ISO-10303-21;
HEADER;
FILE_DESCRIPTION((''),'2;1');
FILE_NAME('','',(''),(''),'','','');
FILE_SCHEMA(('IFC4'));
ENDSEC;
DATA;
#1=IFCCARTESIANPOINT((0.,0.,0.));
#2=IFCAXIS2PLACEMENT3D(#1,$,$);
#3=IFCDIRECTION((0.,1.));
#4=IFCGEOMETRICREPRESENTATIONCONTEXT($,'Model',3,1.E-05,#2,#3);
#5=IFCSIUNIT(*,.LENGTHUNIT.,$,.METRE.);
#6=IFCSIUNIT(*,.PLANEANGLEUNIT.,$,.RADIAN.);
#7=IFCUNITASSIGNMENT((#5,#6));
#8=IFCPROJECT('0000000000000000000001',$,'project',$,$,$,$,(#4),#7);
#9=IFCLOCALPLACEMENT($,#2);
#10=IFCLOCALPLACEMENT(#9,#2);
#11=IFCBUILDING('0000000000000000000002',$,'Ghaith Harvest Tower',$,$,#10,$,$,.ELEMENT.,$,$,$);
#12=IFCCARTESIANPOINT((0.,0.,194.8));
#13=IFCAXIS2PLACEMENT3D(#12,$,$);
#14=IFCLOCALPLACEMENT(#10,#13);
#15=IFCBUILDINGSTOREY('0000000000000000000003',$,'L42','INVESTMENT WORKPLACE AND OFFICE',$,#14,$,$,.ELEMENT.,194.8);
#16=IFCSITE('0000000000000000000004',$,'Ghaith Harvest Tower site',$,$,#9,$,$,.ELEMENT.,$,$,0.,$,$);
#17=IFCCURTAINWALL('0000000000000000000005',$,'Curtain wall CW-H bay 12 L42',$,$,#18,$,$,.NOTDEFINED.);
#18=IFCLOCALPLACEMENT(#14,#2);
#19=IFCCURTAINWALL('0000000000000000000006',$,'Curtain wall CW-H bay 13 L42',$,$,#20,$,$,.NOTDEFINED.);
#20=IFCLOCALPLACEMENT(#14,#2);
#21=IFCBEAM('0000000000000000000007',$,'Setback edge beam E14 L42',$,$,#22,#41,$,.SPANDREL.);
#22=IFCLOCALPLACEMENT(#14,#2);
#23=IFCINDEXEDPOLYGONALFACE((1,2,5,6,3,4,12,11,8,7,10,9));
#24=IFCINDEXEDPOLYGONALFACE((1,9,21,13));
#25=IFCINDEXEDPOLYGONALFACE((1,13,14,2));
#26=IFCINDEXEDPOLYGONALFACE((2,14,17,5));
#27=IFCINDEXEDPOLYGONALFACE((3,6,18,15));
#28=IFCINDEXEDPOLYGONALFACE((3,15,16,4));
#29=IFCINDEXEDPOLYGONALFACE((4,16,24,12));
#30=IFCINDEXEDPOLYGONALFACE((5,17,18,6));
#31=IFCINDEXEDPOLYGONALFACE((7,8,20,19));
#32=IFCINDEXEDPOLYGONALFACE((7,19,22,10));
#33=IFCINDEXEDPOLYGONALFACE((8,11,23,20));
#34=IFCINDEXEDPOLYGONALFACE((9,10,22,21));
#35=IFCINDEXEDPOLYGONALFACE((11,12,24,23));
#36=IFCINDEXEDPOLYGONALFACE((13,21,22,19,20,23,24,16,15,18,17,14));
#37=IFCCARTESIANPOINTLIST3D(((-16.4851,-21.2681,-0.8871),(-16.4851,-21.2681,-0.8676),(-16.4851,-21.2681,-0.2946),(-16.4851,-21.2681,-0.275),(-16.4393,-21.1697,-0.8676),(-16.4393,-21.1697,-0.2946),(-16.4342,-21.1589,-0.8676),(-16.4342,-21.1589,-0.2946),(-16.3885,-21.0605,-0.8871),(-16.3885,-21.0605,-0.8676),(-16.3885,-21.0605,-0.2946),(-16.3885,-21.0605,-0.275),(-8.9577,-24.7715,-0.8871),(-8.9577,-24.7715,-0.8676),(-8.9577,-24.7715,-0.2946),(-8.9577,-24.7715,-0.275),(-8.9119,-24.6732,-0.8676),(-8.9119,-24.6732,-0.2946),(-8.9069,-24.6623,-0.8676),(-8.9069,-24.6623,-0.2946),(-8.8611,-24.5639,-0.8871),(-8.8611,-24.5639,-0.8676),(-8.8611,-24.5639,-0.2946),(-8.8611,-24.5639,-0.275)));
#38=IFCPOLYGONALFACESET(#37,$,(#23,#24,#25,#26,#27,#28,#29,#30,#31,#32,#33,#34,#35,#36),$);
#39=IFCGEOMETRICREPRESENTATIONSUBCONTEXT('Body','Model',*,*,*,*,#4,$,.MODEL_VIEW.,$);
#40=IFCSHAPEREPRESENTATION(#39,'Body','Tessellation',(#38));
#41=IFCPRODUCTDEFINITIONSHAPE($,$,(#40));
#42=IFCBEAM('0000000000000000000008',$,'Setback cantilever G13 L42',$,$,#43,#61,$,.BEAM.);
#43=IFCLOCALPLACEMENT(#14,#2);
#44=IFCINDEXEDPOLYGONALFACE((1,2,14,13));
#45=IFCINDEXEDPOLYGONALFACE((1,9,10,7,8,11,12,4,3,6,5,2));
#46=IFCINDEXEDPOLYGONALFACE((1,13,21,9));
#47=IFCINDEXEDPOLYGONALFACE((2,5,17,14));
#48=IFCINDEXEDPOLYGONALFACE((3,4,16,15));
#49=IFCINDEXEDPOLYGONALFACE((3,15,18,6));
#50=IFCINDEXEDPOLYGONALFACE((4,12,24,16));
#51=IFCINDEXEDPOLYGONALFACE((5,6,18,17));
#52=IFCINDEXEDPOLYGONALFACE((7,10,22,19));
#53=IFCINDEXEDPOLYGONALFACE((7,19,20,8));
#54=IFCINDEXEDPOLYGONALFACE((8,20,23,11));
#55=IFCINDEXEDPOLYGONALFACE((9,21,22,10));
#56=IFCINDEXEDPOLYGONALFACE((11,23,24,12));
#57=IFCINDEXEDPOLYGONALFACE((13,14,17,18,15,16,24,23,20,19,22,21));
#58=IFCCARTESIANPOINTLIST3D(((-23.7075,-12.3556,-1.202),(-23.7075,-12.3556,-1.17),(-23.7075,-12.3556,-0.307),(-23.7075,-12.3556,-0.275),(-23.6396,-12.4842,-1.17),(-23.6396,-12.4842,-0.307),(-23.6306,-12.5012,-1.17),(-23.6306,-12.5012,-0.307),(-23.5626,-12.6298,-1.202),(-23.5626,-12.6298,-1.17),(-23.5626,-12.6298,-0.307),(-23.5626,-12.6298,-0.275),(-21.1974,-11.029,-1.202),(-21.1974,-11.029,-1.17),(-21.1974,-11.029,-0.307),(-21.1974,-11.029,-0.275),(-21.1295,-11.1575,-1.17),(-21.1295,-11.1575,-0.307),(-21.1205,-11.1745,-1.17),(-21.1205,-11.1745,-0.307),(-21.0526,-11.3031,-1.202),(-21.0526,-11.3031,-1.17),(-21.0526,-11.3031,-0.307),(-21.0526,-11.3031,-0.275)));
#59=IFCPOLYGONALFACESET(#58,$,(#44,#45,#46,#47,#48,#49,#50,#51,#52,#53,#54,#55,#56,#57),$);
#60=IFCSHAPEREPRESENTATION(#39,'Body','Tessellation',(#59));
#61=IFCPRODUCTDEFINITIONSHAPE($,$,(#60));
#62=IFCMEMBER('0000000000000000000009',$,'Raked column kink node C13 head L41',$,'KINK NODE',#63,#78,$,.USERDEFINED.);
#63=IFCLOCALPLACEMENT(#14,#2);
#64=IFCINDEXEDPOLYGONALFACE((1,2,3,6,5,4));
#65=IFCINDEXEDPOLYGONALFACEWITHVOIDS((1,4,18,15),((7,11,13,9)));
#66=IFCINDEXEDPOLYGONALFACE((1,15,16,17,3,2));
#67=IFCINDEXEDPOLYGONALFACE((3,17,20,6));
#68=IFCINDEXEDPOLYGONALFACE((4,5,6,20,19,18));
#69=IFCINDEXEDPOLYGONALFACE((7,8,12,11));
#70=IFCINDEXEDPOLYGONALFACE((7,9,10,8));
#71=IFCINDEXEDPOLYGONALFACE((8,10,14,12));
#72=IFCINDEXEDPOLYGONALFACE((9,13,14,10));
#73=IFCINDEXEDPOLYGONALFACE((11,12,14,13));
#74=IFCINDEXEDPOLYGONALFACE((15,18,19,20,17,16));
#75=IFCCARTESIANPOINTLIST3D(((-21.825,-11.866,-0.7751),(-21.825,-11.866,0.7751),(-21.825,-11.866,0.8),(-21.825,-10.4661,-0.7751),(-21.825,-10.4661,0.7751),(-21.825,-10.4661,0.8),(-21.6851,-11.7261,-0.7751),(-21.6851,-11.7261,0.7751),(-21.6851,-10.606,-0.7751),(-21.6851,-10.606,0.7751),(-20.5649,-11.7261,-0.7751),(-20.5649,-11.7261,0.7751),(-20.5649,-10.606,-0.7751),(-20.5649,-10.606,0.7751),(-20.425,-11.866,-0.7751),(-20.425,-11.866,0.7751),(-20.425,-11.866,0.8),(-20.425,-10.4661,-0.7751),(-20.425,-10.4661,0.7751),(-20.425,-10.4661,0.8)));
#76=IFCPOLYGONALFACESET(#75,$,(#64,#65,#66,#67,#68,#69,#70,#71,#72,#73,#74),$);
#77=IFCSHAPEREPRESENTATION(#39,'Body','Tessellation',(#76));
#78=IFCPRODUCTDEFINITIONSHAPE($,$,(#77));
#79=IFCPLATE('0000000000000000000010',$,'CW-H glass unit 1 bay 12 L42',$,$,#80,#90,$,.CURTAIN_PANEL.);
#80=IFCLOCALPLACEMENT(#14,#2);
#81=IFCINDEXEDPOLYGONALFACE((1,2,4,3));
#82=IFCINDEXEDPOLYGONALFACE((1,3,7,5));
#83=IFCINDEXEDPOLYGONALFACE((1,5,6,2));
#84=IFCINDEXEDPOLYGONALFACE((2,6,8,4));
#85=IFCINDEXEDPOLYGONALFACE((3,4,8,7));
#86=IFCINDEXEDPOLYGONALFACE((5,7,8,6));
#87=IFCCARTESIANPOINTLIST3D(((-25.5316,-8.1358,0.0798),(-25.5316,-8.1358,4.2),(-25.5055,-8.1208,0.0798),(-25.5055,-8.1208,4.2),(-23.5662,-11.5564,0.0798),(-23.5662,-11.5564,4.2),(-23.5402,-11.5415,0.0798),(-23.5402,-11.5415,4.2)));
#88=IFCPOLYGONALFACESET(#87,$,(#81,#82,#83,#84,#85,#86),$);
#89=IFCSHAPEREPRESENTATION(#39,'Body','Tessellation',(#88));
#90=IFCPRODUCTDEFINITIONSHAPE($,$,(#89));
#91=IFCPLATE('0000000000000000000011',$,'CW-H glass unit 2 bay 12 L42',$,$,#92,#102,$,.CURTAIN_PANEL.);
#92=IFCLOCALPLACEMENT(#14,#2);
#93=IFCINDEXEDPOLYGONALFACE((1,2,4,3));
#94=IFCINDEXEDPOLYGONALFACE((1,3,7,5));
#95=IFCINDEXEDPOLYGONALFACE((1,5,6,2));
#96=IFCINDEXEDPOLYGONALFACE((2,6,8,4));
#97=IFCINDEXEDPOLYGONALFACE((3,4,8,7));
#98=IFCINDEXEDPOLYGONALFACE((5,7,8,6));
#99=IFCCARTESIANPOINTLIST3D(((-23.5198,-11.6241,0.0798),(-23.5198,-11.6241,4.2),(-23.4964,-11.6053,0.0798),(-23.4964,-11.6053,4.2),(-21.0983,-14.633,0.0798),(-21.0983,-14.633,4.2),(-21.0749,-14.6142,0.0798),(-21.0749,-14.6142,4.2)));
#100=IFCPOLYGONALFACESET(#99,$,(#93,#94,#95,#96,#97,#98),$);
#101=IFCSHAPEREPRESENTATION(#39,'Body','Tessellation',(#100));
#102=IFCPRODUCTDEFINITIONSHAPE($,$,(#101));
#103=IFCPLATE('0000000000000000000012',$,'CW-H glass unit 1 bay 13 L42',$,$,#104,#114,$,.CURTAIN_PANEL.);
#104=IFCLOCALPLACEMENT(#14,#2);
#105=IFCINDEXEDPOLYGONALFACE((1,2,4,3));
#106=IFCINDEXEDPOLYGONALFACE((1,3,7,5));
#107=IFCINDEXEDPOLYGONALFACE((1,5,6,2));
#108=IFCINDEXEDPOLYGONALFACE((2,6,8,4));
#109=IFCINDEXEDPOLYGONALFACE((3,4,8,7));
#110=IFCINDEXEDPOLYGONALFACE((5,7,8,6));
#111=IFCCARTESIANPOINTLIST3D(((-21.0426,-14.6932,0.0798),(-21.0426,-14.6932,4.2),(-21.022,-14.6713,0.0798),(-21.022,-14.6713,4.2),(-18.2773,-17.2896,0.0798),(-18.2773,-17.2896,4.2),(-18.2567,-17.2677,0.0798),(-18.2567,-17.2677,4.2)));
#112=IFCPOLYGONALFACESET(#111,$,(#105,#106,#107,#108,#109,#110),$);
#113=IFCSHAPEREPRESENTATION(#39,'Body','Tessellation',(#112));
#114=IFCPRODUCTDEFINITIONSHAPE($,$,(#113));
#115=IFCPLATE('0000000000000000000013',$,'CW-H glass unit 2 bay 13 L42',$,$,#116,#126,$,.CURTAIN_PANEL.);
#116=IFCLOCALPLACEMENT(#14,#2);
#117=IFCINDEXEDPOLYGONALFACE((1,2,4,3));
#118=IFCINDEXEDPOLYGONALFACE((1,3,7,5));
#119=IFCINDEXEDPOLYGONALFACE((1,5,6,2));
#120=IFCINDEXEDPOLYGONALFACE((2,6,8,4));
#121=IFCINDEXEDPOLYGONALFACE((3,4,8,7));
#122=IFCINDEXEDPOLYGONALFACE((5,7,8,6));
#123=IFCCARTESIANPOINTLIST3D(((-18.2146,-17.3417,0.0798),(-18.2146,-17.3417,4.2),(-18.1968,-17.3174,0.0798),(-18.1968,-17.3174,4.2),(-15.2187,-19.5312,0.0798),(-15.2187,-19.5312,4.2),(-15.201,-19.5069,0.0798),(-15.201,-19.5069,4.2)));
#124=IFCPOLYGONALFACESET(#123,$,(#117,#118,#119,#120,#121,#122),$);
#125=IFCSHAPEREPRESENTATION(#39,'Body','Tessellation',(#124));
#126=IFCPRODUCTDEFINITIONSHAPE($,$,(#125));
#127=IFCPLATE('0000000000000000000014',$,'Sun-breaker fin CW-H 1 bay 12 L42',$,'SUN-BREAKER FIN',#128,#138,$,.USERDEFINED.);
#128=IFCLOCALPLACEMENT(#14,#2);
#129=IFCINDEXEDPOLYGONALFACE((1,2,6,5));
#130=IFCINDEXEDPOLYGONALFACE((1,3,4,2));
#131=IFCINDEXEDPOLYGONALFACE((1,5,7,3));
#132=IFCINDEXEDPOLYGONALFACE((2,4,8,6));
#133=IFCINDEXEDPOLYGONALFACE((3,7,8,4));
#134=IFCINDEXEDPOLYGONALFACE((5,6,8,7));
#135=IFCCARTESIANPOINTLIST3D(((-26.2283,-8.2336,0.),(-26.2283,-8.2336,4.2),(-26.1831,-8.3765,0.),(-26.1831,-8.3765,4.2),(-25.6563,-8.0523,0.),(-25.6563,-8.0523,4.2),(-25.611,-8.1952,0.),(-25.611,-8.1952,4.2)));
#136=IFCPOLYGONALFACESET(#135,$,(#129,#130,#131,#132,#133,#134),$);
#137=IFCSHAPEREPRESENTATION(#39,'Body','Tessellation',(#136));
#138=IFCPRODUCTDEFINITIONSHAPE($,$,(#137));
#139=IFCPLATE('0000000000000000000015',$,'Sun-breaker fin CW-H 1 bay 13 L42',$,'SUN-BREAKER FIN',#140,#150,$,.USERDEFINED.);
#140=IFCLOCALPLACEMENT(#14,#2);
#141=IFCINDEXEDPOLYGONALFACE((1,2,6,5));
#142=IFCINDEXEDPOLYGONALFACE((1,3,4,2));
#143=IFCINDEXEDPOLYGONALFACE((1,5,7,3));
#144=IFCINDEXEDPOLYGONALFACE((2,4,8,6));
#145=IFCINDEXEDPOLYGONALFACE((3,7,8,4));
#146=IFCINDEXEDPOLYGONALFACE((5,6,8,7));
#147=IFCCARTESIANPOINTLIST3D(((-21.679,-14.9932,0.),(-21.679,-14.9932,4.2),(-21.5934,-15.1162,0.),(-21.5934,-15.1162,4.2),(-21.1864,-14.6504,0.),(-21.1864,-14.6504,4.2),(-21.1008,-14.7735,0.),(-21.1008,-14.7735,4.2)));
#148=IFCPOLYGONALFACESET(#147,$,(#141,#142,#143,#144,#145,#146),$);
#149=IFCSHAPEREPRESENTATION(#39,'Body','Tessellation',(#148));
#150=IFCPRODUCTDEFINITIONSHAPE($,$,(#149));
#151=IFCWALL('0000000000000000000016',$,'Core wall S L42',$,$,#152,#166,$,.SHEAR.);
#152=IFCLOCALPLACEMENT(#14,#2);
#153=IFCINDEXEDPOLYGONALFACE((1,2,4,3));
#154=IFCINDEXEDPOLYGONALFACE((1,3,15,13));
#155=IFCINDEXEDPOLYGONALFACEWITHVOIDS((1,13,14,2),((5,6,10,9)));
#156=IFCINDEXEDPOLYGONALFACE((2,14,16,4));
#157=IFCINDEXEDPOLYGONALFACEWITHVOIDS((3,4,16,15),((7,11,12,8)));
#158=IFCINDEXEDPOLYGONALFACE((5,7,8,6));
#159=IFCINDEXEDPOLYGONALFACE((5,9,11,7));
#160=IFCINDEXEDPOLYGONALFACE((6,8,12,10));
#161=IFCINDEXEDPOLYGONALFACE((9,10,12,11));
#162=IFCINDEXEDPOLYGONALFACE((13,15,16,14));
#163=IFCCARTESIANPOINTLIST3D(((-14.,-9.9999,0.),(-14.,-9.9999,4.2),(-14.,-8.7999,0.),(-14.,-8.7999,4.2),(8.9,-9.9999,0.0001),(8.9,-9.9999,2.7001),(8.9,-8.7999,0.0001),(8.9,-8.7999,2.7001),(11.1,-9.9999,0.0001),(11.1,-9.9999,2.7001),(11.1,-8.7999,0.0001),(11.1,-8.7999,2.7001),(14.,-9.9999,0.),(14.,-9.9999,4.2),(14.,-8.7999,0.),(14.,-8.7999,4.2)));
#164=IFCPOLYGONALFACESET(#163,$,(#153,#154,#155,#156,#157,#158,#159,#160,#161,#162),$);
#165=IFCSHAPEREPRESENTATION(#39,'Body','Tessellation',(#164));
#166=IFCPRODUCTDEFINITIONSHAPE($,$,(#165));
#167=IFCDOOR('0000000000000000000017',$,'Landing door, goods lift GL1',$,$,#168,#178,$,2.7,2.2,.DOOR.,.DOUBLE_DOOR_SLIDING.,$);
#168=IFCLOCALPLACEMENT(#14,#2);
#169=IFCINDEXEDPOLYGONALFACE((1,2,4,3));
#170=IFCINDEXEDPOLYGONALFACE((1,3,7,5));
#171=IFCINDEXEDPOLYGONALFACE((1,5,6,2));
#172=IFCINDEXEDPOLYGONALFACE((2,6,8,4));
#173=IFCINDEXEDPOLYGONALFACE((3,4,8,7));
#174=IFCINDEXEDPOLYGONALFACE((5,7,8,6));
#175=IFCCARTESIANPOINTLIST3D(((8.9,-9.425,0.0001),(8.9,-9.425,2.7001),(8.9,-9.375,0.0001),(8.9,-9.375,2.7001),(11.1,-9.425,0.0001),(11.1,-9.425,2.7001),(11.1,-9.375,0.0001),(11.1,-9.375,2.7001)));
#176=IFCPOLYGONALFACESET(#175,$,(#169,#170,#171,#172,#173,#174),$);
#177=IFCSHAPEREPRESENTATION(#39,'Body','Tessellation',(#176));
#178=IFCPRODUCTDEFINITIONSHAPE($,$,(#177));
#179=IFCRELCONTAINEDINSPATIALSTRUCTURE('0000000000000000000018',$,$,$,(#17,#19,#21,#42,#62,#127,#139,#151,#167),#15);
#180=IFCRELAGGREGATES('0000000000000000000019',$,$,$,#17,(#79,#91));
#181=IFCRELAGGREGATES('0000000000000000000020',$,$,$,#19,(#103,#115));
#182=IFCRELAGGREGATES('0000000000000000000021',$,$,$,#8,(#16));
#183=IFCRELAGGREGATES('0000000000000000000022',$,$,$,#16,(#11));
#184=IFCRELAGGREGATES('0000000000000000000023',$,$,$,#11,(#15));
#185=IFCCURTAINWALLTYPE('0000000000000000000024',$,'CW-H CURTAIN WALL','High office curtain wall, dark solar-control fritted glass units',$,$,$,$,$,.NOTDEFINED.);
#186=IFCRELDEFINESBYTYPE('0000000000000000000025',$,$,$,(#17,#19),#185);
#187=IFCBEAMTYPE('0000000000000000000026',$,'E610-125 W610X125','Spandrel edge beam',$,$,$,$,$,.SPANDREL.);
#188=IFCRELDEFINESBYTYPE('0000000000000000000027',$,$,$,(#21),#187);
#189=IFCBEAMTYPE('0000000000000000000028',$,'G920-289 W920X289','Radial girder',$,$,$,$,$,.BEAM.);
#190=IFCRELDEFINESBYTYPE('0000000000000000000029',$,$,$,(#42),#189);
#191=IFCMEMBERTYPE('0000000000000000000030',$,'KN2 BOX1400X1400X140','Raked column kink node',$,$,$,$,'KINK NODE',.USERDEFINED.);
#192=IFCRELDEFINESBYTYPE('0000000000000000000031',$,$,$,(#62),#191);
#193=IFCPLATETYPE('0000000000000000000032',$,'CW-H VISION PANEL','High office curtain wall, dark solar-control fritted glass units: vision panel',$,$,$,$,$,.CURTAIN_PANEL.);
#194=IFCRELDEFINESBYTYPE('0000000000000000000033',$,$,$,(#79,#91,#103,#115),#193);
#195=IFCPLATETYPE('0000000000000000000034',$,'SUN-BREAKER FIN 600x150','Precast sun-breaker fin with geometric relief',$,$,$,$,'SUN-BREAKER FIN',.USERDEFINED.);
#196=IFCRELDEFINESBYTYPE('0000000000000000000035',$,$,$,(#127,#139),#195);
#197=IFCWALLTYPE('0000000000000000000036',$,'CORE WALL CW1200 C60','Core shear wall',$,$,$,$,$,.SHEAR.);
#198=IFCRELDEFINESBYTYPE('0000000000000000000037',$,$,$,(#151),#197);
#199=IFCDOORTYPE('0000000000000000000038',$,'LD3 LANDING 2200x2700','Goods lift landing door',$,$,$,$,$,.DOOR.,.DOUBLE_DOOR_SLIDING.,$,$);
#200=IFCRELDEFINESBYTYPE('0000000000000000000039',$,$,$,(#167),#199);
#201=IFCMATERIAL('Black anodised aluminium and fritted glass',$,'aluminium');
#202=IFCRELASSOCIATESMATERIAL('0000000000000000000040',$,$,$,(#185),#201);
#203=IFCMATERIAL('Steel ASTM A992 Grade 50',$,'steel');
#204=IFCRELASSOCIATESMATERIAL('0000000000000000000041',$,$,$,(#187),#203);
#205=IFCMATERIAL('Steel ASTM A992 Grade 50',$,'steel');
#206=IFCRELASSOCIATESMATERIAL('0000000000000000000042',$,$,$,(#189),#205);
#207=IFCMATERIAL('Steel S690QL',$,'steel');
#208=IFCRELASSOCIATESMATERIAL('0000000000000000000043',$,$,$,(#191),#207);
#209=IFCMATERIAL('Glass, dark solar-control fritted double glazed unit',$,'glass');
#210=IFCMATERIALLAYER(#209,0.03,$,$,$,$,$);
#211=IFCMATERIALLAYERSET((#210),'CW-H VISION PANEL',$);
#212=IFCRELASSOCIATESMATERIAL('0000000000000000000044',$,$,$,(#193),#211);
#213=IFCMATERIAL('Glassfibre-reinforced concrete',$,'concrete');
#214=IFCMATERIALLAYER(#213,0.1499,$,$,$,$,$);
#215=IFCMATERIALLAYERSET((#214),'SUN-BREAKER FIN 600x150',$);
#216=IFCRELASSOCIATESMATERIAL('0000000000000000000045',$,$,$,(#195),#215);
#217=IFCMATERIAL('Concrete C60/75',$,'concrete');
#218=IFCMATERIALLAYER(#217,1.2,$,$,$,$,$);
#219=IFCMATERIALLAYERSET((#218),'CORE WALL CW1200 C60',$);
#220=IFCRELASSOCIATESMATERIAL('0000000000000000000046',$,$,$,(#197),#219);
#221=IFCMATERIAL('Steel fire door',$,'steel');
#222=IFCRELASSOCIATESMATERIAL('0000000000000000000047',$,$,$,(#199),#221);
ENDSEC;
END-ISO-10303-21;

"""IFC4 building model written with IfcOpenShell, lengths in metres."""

from ifc_helpers import new_model, si_unit, direction, frame, frame_2d, origin, origin_2d, place, context, subcontext, project, spatial, rectangle, hollow_rectangle, i_section, extrude, boolean, material, layer, layer_set, material_profile, profile_set, type_object, element, fill, aggregate, save


model = new_model("IFC4")

# Units and contexts
model_context = context("Model", 3, precision=1e-05, world=origin(), true_north=direction((0.0, 1.0)))
body_context = subcontext(model_context, "Body", "Model", "MODEL_VIEW")
ifc_project = project(units=[si_unit("LENGTHUNIT", "METRE"), si_unit("PLANEANGLEUNIT", "RADIAN")], contexts=[model_context])

# Site, building, storey
site_placement = place(None, origin())
site = spatial("IfcSite", under=ifc_project, at=site_placement, Name="Ghaith Harvest Tower site", CompositionType="ELEMENT", RefElevation=0.0)
building_placement = place(site_placement, origin())
building = spatial("IfcBuilding", under=site, at=building_placement, Name="Ghaith Harvest Tower", CompositionType="ELEMENT")
storey_placement = place(building_placement, frame((0.0, 0.0, 194.8)))
storey = spatial("IfcBuildingStorey", under=building, at=storey_placement, Name="L42", Description="INVESTMENT WORKPLACE AND OFFICE", CompositionType="ELEMENT", Elevation=194.8)

# Curtain walls
ifc_material_1 = material(Name="Black anodised aluminium and fritted glass", Category="aluminium")
curtain_wall_type = type_object("IfcCurtainWallType", Name="CW-H CURTAIN WALL", Description="High office curtain wall, dark solar-control fritted glass units", PredefinedType="NOTDEFINED", material=ifc_material_1)
curtain_wall_1_placement = place(storey_placement, origin())
curtain_wall_1 = element("IfcCurtainWall", 1, at=curtain_wall_1_placement, inside=storey, type_object=curtain_wall_type, Name="Curtain wall CW-H bay 12 L42", PredefinedType="NOTDEFINED")
curtain_wall_2_placement = place(storey_placement, origin())
curtain_wall_2 = element("IfcCurtainWall", 2, at=curtain_wall_2_placement, inside=storey, type_object=curtain_wall_type, Name="Curtain wall CW-H bay 13 L42", PredefinedType="NOTDEFINED")

# Beams
ifc_material_2 = material(Name="Steel ASTM A992 Grade 50", Category="steel")
ifc_material_profile_1 = material_profile(ifc_material_2, i_section(OverallWidth=0.229, OverallDepth=0.6121, WebThickness=0.012, FlangeThickness=0.0195, at=origin_2d()), Name="W610X125")
ifc_profile_set_1 = profile_set([ifc_material_profile_1], Name="Steel ASTM A992 Grade 50")
beam_type_1 = type_object("IfcBeamType", Name="E610-125 W610X125", Description="Spandrel edge beam", PredefinedType="SPANDREL", material=ifc_profile_set_1)
beam_1_placement = place(storey_placement, frame((-16.4368, -21.1643, -0.5811), z_axis=(0.906614, -0.421961, 0.0), x_axis=(0.421961, 0.906614, 0.0)))
element("IfcBeam", 3, at=beam_1_placement, inside=storey, type_object=beam_type_1, Name="Setback edge beam E14 L42", PredefinedType="SPANDREL", context=body_context, shape_type="SweptSolid", body=[
    extrude(i_section(OverallWidth=0.229, OverallDepth=0.6121, WebThickness=0.012, FlangeThickness=0.0195, at=origin_2d()), origin(), (0.0, 0.0, 1.0), 8.3027),
])
ifc_material_3 = material(Name="Steel ASTM A992 Grade 50", Category="steel")
ifc_material_profile_2 = material_profile(ifc_material_3, i_section(OverallWidth=0.3101, OverallDepth=0.927, WebThickness=0.0193, FlangeThickness=0.032, at=origin_2d()), Name="W920X289")
ifc_profile_set_2 = profile_set([ifc_material_profile_2], Name="Steel ASTM A992 Grade 50")
beam_type_2 = type_object("IfcBeamType", Name="G920-289 W920X289", Description="Radial girder", PredefinedType="BEAM", material=ifc_profile_set_2)
beam_2_placement = place(storey_placement, frame((-21.125, -11.166, -0.7385), z_axis=(-0.884104, -0.467291, 0.0), x_axis=(0.467291, -0.884104, 0.0)))
element("IfcBeam", 4, at=beam_2_placement, inside=storey, type_object=beam_type_2, Name="Setback cantilever G13 L42", PredefinedType="BEAM", context=body_context, shape_type="SweptSolid", body=[
    extrude(i_section(OverallWidth=0.3101, OverallDepth=0.927, WebThickness=0.0193, FlangeThickness=0.032, at=origin_2d()), origin(), (0.0, 0.0, 1.0), 2.8391),
])

# Member
ifc_material_4 = material(Name="Steel S690QL", Category="steel")
ifc_material_profile_3 = material_profile(ifc_material_4, hollow_rectangle(XDim=1.3999, YDim=1.3999, WallThickness=0.1399, at=origin_2d()), Name="BOX1400X1400X140")
ifc_profile_set_3 = profile_set([ifc_material_profile_3], Name="Steel S690QL")
member_type_1 = type_object("IfcMemberType", Name="KN2 BOX1400X1400X140", Description="Raked column kink node", ElementType="KINK NODE", PredefinedType="USERDEFINED", material=ifc_profile_set_3)
member_1_placement = place(storey_placement, frame((-21.125, -11.166, -0.7751), z_axis=(0.0, 0.0, 1.0), x_axis=(1.0, 0.0, 0.0)))
element("IfcMember", 5, at=member_1_placement, inside=storey, type_object=member_type_1, Name="Raked column kink node C13 head L41", ObjectType="KINK NODE", PredefinedType="USERDEFINED", context=body_context, shape_type="CSG", body=[
    boolean("UNION", extrude(hollow_rectangle(XDim=1.3999, YDim=1.3999, WallThickness=0.1399, at=origin_2d()), origin(), (0.0, 0.0, 1.0), 1.5503), extrude(rectangle(XDim=1.3999, YDim=1.3999, at=origin_2d()), frame((0.0, 0.0, 1.5503)), (0.0, 0.0, 1.0), 0.0249)),
])

# Plates
ifc_material_5 = material(Name="Glass, dark solar-control fritted double glazed unit", Category="glass")
ifc_layer_1 = layer(ifc_material_5, 0.03)
ifc_layer_set_1 = layer_set([ifc_layer_1], Name="CW-H VISION PANEL")
plate_type_1 = type_object("IfcPlateType", Name="CW-H VISION PANEL", Description="High office curtain wall, dark solar-control fritted glass units: vision panel", PredefinedType="CURTAIN_PANEL", material=ifc_layer_set_1)
plate_1_placement = place(storey_placement, frame((-24.5359, -9.8386, 0.0798), z_axis=(0.0, 0.0, 1.0), x_axis=(0.49818, -0.867074, 0.0)))
plate_1 = element("IfcPlate", 6, at=plate_1_placement, type_object=plate_type_1, Name="CW-H glass unit 1 bay 12 L42", PredefinedType="CURTAIN_PANEL", context=body_context, shape_type="SweptSolid", body=[
    extrude(rectangle(XDim=3.9451, YDim=0.03, at=origin_2d()), origin(), (0.0, 0.0, 1.0), 4.1201),
])
plate_2_placement = place(storey_placement, frame((-22.2974, -13.1191, 0.0798), z_axis=(0.0, 0.0, 1.0), x_axis=(0.626957, -0.779054, 0.0)))
plate_2 = element("IfcPlate", 7, at=plate_2_placement, type_object=plate_type_1, Name="CW-H glass unit 2 bay 12 L42", PredefinedType="CURTAIN_PANEL", context=body_context, shape_type="SweptSolid", body=[
    extrude(rectangle(XDim=3.8623, YDim=0.03, at=origin_2d()), origin(), (0.0, 0.0, 1.0), 4.1201),
])
aggregate(curtain_wall_1, [plate_1, plate_2])
plate_3_placement = place(storey_placement, frame((-19.6497, -15.9805, 0.0798), z_axis=(0.0, 0.0, 1.0), x_axis=(0.729017, -0.684496, 0.0)))
plate_3 = element("IfcPlate", 8, at=plate_3_placement, type_object=plate_type_1, Name="CW-H glass unit 1 bay 13 L42", PredefinedType="CURTAIN_PANEL", context=body_context, shape_type="SweptSolid", body=[
    extrude(rectangle(XDim=3.7932, YDim=0.03, at=origin_2d()), origin(), (0.0, 0.0, 1.0), 4.1201),
])
plate_4_placement = place(storey_placement, frame((-16.7078, -18.4243, 0.0798), z_axis=(0.0, 0.0, 1.0), x_axis=(0.807364, -0.590054, 0.0)))
plate_4 = element("IfcPlate", 9, at=plate_4_placement, type_object=plate_type_1, Name="CW-H glass unit 2 bay 13 L42", PredefinedType="CURTAIN_PANEL", context=body_context, shape_type="SweptSolid", body=[
    extrude(rectangle(XDim=3.7107, YDim=0.03, at=origin_2d()), origin(), (0.0, 0.0, 1.0), 4.1201),
])
aggregate(curtain_wall_2, [plate_3, plate_4])

# Plates
ifc_material_6 = material(Name="Glassfibre-reinforced concrete", Category="concrete")
ifc_layer_2 = layer(ifc_material_6, 0.1499)
ifc_layer_set_2 = layer_set([ifc_layer_2], Name="SUN-BREAKER FIN 600x150")
plate_type_2 = type_object("IfcPlateType", Name="SUN-BREAKER FIN 600x150", Description="Precast sun-breaker fin with geometric relief", ElementType="SUN-BREAKER FIN", PredefinedType="USERDEFINED", material=ifc_layer_set_2)
for number, where, z_axis, x_axis, name in (
    (10, (-25.9197, -8.2144, 0.0), (0.0, 0.0, 1.0), (-0.953273, -0.30211, 0.0), "Sun-breaker fin CW-H 1 bay 12 L42"),
    (11, (-21.3899, -14.8833, 0.0), (0.0, 0.0, 1.0), (-0.820845, -0.57115, 0.0), "Sun-breaker fin CW-H 1 bay 13 L42"),
):
    element("IfcPlate", number, at=place(storey_placement, frame(where, z_axis=z_axis, x_axis=x_axis)), inside=storey, type_object=plate_type_2, Name=name, ObjectType="SUN-BREAKER FIN", PredefinedType="USERDEFINED", context=body_context, shape_type="SweptSolid", body=[
        extrude(rectangle(XDim=0.6001, YDim=0.1499, at=origin_2d()), origin(), (0.0, 0.0, 1.0), 4.2),
    ])

# Wall, opening, door
ifc_material_7 = material(Name="Concrete C60/75", Category="concrete")
ifc_layer_3 = layer(ifc_material_7, 1.2)
ifc_layer_set_3 = layer_set([ifc_layer_3], Name="CORE WALL CW1200 C60")
wall_type_1 = type_object("IfcWallType", Name="CORE WALL CW1200 C60", Description="Core shear wall", PredefinedType="SHEAR", material=ifc_layer_set_3)
wall_1_placement = place(storey_placement, frame((-14.0, -9.3999, 0.0), z_axis=(0.0, 0.0, 1.0), x_axis=(1.0, 0.0, 0.0)))
wall_1 = element("IfcWall", 12, at=wall_1_placement, inside=storey, type_object=wall_type_1, Name="Core wall S L42", PredefinedType="SHEAR", context=body_context, shape_type="SweptSolid", body=[
    extrude(rectangle(XDim=28.0, YDim=1.2, at=frame_2d((14.0, 0.0))), origin(), (0.0, 0.0, 1.0), 4.2),
])
opening_placement = place(wall_1_placement, frame((22.8999, 0.0, 0.0)))
opening = element("IfcOpeningElement", 13, at=opening_placement, cuts=wall_1, PredefinedType="OPENING", context=body_context, shape_type="SweptSolid", body=[
    extrude(rectangle(XDim=2.2, YDim=2.7, at=frame_2d((1.1001, 1.3501))), frame((0.0, 0.6099, 0.0), z_axis=(0.0, -1.0, 0.0), x_axis=(1.0, 0.0, 0.0)), (0.0, 0.0, 1.0), 1.22),
])
ifc_material_8 = material(Name="Steel fire door", Category="steel")
door_type = type_object("IfcDoorType", Name="LD3 LANDING 2200x2700", Description="Goods lift landing door", OperationType="DOUBLE_DOOR_SLIDING", PredefinedType="DOOR", material=ifc_material_8)
door_placement = place(opening_placement, origin())
door = element("IfcDoor", 14, at=door_placement, inside=storey, type_object=door_type, Name="Landing door, goods lift GL1", OperationType="DOUBLE_DOOR_SLIDING", OverallHeight=2.7, OverallWidth=2.2, PredefinedType="DOOR", context=body_context, shape_type="SweptSolid", body=[
    extrude(rectangle(XDim=2.2, YDim=2.7, at=frame_2d((1.1001, 1.3501))), frame((0.0, 0.0249, 0.0), z_axis=(0.0, -1.0, 0.0), x_axis=(1.0, 0.0, 0.0)), (0.0, 0.0, 1.0), 0.05),
])
fill(opening, door)

save(model, "model.ifc")
